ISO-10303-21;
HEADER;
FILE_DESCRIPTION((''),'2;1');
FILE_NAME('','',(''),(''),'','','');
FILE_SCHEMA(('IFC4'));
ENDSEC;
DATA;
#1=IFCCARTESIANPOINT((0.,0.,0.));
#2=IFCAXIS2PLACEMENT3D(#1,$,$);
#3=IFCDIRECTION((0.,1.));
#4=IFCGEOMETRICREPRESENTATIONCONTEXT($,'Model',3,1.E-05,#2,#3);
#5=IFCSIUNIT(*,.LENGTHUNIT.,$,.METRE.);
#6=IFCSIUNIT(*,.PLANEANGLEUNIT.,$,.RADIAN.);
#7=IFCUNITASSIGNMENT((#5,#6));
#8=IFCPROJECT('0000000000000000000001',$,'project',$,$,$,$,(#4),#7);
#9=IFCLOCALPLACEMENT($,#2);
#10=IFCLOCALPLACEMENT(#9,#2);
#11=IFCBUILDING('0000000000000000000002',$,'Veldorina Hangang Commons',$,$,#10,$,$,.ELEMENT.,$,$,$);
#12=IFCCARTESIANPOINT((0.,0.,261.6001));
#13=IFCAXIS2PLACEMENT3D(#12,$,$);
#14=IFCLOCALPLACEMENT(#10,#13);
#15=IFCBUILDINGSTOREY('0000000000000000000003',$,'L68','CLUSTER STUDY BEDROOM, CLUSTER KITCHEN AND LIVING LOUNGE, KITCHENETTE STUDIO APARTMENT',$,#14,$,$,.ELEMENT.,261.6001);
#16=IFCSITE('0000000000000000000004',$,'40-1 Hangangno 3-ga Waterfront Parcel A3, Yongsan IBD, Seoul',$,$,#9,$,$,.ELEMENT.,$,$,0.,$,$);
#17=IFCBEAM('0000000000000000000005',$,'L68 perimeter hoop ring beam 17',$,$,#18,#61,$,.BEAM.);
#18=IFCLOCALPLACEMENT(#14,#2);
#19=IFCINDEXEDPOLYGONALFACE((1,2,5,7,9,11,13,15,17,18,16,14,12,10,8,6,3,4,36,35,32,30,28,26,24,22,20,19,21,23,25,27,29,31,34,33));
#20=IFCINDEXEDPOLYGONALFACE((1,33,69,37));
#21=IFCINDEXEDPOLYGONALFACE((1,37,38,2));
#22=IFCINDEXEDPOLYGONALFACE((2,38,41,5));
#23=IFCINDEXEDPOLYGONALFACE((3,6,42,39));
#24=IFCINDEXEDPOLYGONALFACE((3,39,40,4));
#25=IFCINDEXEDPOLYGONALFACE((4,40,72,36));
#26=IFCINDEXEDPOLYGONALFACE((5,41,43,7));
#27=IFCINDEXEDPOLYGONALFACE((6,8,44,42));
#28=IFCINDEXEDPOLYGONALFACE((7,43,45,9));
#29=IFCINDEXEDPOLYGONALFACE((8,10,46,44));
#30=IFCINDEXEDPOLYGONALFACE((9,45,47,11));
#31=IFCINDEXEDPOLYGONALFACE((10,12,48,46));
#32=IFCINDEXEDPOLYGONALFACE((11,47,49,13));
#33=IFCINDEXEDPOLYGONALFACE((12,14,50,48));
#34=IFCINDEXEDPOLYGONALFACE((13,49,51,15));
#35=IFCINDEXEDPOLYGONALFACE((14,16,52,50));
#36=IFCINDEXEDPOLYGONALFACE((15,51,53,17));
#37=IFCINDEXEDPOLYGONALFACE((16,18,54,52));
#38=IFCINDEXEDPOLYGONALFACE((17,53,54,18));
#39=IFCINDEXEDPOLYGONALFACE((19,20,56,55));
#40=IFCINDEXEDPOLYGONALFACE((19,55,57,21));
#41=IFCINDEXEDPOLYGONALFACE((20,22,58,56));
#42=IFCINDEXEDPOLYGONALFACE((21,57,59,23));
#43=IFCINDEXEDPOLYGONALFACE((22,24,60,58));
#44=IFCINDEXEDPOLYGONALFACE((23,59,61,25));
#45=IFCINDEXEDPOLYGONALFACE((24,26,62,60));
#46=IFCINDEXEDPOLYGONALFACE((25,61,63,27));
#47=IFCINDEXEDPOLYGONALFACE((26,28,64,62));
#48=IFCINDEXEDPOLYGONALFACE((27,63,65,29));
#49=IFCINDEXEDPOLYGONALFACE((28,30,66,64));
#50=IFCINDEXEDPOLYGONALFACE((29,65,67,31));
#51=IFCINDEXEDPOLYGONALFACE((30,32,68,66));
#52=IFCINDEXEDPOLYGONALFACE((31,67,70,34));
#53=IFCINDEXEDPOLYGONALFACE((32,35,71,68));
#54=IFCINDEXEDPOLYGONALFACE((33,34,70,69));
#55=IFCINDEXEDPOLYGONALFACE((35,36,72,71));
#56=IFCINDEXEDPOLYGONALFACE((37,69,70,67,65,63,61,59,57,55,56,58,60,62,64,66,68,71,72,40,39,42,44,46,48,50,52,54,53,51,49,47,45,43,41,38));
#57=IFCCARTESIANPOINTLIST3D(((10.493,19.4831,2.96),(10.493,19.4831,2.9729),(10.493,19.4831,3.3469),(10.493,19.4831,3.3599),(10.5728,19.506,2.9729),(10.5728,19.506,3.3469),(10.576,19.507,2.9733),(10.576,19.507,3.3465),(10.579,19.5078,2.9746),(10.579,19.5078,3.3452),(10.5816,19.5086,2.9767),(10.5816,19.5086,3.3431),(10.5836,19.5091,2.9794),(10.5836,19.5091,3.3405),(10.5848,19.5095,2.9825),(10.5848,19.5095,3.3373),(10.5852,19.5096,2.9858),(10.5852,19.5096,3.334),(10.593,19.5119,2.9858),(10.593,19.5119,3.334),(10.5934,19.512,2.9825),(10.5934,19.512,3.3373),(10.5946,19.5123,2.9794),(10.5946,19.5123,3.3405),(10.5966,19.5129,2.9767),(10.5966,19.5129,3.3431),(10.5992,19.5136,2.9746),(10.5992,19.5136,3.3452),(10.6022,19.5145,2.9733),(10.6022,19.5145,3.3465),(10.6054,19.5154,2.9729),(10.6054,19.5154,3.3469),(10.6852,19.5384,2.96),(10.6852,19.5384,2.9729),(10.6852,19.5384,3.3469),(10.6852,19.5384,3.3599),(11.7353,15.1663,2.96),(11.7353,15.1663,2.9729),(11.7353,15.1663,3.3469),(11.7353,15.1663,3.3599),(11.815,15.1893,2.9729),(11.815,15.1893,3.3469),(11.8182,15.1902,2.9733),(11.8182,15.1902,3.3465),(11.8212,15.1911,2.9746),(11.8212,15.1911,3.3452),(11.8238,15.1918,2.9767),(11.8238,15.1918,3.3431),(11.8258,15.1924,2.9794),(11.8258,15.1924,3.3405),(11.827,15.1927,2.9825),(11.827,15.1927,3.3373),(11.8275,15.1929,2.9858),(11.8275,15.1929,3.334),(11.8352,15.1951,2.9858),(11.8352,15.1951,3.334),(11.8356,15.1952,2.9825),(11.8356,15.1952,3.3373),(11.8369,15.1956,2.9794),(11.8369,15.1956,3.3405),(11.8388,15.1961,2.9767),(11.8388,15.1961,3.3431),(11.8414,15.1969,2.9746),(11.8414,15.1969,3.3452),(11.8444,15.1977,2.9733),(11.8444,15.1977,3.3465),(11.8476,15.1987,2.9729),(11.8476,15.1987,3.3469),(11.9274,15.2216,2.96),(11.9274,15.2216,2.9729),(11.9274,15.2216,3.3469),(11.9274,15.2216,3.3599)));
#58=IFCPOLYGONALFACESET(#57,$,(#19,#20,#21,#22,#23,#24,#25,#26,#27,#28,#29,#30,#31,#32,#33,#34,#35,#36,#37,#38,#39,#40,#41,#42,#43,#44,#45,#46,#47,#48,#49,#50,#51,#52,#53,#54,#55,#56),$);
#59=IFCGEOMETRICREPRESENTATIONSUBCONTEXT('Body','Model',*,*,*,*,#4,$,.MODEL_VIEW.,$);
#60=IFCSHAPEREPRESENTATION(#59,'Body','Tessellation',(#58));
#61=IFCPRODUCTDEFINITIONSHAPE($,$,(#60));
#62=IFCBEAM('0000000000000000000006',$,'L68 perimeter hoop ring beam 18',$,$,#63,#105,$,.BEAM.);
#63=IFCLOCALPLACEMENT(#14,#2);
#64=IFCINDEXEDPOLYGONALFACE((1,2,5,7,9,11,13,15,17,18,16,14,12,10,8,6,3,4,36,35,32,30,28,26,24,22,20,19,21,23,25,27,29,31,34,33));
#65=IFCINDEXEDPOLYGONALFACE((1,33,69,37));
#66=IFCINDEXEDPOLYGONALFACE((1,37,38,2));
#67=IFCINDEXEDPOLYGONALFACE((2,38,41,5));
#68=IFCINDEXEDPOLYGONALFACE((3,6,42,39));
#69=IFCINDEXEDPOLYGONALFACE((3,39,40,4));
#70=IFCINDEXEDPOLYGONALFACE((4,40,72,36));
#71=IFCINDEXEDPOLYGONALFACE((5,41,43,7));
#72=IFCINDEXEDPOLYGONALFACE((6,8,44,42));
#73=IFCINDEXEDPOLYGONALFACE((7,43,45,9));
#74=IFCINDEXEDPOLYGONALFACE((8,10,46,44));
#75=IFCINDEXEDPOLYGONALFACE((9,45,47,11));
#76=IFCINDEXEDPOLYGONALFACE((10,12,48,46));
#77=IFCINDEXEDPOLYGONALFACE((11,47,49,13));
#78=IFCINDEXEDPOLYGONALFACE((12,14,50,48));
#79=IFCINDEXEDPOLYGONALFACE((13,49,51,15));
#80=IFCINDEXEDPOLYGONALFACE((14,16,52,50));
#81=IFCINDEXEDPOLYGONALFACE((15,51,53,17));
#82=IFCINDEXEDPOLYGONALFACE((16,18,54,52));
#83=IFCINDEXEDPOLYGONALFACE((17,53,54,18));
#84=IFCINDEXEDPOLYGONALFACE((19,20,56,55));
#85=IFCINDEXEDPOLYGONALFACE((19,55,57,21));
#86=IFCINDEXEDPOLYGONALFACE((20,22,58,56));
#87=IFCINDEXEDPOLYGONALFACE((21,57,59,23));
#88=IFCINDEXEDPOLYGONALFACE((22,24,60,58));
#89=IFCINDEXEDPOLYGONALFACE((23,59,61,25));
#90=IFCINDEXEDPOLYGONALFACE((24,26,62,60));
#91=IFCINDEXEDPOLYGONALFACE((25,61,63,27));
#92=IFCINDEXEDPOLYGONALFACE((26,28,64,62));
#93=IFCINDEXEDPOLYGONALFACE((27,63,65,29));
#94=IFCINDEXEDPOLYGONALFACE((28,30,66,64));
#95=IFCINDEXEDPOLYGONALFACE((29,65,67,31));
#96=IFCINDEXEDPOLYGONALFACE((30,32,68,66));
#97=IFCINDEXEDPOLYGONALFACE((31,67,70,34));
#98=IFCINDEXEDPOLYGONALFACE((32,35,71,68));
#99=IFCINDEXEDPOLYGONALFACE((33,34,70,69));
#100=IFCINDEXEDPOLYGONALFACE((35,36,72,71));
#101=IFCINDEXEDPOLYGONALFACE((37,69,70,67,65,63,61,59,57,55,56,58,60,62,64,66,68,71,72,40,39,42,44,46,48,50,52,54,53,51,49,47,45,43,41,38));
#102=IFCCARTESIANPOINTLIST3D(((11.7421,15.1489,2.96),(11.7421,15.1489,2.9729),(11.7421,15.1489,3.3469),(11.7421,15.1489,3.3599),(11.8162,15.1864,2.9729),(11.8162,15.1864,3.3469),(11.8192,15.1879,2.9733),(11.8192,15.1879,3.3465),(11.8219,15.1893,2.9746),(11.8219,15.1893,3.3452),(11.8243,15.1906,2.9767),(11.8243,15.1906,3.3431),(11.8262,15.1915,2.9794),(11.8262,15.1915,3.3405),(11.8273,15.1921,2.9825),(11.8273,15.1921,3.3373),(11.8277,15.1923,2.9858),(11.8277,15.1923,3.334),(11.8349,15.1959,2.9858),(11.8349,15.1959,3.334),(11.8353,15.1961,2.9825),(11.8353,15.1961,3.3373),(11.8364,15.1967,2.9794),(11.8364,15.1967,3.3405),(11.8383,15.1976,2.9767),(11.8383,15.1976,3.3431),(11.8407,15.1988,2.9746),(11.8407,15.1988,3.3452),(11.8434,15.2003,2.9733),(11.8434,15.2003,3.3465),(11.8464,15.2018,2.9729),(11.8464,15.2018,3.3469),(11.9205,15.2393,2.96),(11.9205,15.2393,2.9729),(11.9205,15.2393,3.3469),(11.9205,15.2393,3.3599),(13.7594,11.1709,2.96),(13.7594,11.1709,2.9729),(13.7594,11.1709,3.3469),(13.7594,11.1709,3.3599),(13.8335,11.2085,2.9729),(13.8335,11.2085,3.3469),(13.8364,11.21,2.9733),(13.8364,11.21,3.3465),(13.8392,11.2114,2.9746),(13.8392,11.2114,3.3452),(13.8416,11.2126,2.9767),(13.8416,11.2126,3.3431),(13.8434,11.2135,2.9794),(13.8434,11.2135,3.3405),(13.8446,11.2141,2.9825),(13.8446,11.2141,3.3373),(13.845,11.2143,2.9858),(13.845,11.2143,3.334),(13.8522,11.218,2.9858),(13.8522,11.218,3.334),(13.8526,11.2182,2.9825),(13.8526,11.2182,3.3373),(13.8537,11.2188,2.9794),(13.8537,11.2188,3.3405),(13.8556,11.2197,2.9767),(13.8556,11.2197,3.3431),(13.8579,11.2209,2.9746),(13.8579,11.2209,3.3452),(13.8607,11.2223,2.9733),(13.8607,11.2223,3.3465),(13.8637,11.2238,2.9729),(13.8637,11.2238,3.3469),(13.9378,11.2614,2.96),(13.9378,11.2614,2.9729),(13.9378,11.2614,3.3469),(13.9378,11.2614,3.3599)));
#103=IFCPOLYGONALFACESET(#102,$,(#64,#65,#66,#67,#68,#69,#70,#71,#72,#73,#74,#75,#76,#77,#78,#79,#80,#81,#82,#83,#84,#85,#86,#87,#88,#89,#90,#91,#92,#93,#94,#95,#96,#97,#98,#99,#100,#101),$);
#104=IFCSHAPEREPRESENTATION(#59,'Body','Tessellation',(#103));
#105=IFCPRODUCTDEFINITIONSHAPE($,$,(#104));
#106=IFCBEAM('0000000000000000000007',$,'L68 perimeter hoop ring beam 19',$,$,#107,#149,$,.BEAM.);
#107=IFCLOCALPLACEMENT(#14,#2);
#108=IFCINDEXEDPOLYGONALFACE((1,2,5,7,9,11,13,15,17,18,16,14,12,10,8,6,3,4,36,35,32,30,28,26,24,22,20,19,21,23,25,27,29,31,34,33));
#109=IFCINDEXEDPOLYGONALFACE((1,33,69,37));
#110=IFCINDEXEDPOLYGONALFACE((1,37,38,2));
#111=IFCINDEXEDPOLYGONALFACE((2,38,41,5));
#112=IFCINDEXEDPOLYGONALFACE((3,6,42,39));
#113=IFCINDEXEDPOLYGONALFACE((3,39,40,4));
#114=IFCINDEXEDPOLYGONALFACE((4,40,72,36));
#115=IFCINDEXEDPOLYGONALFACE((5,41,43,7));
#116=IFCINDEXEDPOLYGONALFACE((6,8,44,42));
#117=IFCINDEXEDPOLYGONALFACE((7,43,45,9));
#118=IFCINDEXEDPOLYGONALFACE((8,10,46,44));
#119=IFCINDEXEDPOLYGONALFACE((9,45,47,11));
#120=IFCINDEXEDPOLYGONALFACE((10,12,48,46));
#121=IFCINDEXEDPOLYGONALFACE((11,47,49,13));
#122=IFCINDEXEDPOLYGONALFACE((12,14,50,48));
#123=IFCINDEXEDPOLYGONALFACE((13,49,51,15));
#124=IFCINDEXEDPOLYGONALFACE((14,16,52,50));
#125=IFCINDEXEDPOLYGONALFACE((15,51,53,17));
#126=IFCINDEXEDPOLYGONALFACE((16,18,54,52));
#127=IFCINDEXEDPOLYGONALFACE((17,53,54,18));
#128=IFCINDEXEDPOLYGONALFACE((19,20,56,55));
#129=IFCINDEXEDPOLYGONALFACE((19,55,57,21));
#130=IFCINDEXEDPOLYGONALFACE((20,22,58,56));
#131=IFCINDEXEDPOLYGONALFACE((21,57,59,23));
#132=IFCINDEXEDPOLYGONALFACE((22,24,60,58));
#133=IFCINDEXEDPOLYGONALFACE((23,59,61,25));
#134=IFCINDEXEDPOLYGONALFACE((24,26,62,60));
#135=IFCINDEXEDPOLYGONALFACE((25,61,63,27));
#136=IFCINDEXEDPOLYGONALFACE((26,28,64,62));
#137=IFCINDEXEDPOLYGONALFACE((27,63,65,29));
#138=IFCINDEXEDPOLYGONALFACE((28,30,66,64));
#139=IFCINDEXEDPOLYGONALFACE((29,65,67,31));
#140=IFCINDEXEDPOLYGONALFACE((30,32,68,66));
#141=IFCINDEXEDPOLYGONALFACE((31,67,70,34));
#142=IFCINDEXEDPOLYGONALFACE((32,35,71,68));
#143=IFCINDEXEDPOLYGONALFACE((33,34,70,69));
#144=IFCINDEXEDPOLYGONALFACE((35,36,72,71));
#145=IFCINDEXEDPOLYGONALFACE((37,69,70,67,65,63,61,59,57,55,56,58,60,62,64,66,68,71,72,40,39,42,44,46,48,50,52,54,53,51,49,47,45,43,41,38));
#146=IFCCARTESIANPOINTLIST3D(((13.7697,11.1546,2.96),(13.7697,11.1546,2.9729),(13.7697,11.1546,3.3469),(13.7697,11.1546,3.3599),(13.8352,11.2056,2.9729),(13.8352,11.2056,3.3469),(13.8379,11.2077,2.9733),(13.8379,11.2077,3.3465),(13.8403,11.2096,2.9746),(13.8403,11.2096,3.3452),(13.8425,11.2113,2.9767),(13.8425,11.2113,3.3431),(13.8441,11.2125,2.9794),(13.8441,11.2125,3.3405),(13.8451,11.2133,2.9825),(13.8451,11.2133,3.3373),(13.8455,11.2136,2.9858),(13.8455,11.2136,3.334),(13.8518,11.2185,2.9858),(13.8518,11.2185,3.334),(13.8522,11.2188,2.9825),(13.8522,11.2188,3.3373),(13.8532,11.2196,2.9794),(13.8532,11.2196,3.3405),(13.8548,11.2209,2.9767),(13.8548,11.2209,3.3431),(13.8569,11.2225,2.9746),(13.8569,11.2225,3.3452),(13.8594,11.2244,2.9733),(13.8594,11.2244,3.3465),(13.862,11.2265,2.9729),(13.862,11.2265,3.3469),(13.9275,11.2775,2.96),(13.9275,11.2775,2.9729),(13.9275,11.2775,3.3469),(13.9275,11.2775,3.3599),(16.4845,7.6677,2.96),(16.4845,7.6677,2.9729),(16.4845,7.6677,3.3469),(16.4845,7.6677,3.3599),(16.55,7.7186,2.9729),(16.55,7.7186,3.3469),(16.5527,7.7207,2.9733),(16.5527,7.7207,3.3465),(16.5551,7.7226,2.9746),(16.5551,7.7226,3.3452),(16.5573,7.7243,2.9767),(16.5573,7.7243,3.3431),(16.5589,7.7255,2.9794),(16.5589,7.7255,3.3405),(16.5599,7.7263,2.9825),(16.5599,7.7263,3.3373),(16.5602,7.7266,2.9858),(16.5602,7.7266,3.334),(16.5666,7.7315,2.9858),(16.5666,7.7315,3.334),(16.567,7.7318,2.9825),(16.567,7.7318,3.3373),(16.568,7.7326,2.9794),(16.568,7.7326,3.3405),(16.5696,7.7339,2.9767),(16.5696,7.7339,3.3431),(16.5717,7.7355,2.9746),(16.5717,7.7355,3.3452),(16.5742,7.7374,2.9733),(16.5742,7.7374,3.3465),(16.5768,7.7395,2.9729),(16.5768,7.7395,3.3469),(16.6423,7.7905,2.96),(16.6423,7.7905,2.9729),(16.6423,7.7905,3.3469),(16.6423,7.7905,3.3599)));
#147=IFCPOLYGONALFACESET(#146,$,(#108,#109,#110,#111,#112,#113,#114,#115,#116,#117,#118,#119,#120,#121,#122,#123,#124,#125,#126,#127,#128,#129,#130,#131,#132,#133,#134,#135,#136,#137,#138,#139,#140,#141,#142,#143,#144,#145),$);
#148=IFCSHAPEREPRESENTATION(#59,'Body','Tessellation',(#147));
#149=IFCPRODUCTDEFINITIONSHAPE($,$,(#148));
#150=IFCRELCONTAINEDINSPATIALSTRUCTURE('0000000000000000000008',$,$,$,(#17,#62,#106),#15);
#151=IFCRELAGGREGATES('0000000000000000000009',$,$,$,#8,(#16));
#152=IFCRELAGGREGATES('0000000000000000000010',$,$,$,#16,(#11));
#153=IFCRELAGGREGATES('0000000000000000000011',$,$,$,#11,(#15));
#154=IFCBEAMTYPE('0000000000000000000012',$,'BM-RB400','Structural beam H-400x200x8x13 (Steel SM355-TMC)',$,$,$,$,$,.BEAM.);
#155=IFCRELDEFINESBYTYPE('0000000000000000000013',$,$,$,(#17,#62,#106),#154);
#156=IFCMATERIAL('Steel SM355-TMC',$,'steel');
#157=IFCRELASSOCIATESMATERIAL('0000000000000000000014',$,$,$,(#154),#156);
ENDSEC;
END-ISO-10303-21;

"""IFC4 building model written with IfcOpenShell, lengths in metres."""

from ifc_helpers import new_model, si_unit, direction, frame, origin, origin_2d, place, context, subcontext, project, spatial, i_section, extrude, material, material_profile, profile_set, type_object, element, save


model = new_model("IFC4")

# Units and contexts
model_context = context("Model", 3, precision=1e-05, world=origin(), true_north=direction((0.0, 1.0)))
body_context = subcontext(model_context, "Body", "Model", "MODEL_VIEW")
ifc_project = project(units=[si_unit("LENGTHUNIT", "METRE"), si_unit("PLANEANGLEUNIT", "RADIAN")], contexts=[model_context])

# Site, building, storey
site_placement = place(None, origin())
site = spatial("IfcSite", under=ifc_project, at=site_placement, Name="40-1 Hangangno 3-ga Waterfront Parcel A3, Yongsan IBD, Seoul", CompositionType="ELEMENT", RefElevation=0.0)
building_placement = place(site_placement, origin())
building = spatial("IfcBuilding", under=site, at=building_placement, Name="Veldorina Hangang Commons", CompositionType="ELEMENT")
storey_placement = place(building_placement, frame((0.0, 0.0, 261.6001)))
storey = spatial("IfcBuildingStorey", under=building, at=storey_placement, Name="L68", Description="CLUSTER STUDY BEDROOM, CLUSTER KITCHEN AND LIVING LOUNGE, KITCHENETTE STUDIO APARTMENT", CompositionType="ELEMENT", Elevation=261.6001)

# Beams
ifc_material_1 = material(Name="Steel SM355-TMC", Category="steel")
ifc_material_profile_1 = material_profile(ifc_material_1, i_section(OverallWidth=0.2, OverallDepth=0.3999, WebThickness=0.0081, FlangeThickness=0.0129, FilletRadius=0.0129, at=origin_2d()), Name="H-400x200x8x13")
ifc_profile_set_1 = profile_set([ifc_material_profile_1], Name="Steel SM355-TMC")
beam_type = type_object("IfcBeamType", Name="BM-RB400", Description="Structural beam H-400x200x8x13 (Steel SM355-TMC)", PredefinedType="BEAM", material=ifc_profile_set_1)
beam_1_placement = place(storey_placement, frame((10.5891, 19.5107, 3.1599), z_axis=(0.276544, -0.961001, 0.0), x_axis=(0.961001, 0.276544, 0.0)))
element("IfcBeam", 1, at=beam_1_placement, inside=storey, type_object=beam_type, Name="L68 perimeter hoop ring beam 17", PredefinedType="BEAM", context=body_context, shape_type="SweptSolid", body=[
    extrude(i_section(OverallWidth=0.2, OverallDepth=0.3999, WebThickness=0.0081, FlangeThickness=0.0129, FilletRadius=0.0129, at=origin_2d()), origin(), (0.0, 0.0, 1.0), 4.4919),
])
beam_2_placement = place(storey_placement, frame((11.8313, 15.1941, 3.1599), z_axis=(0.452286, -0.891873, 0.0), x_axis=(0.891873, 0.452286, 0.0)))
element("IfcBeam", 2, at=beam_2_placement, inside=storey, type_object=beam_type, Name="L68 perimeter hoop ring beam 18", PredefinedType="BEAM", context=body_context, shape_type="SweptSolid", body=[
    extrude(i_section(OverallWidth=0.2, OverallDepth=0.3999, WebThickness=0.0081, FlangeThickness=0.0129, FilletRadius=0.0129, at=origin_2d()), origin(), (0.0, 0.0, 1.0), 4.4602),
])
beam_3_placement = place(storey_placement, frame((13.8486, 11.2161, 3.1599), z_axis=(0.614319, -0.789058, 0.0), x_axis=(0.789058, 0.614319, 0.0)))
element("IfcBeam", 3, at=beam_3_placement, inside=storey, type_object=beam_type, Name="L68 perimeter hoop ring beam 19", PredefinedType="BEAM", context=body_context, shape_type="SweptSolid", body=[
    extrude(i_section(OverallWidth=0.2, OverallDepth=0.3999, WebThickness=0.0081, FlangeThickness=0.0129, FilletRadius=0.0129, at=origin_2d()), origin(), (0.0, 0.0, 1.0), 4.4192),
])

save(model, "model.ifc")
